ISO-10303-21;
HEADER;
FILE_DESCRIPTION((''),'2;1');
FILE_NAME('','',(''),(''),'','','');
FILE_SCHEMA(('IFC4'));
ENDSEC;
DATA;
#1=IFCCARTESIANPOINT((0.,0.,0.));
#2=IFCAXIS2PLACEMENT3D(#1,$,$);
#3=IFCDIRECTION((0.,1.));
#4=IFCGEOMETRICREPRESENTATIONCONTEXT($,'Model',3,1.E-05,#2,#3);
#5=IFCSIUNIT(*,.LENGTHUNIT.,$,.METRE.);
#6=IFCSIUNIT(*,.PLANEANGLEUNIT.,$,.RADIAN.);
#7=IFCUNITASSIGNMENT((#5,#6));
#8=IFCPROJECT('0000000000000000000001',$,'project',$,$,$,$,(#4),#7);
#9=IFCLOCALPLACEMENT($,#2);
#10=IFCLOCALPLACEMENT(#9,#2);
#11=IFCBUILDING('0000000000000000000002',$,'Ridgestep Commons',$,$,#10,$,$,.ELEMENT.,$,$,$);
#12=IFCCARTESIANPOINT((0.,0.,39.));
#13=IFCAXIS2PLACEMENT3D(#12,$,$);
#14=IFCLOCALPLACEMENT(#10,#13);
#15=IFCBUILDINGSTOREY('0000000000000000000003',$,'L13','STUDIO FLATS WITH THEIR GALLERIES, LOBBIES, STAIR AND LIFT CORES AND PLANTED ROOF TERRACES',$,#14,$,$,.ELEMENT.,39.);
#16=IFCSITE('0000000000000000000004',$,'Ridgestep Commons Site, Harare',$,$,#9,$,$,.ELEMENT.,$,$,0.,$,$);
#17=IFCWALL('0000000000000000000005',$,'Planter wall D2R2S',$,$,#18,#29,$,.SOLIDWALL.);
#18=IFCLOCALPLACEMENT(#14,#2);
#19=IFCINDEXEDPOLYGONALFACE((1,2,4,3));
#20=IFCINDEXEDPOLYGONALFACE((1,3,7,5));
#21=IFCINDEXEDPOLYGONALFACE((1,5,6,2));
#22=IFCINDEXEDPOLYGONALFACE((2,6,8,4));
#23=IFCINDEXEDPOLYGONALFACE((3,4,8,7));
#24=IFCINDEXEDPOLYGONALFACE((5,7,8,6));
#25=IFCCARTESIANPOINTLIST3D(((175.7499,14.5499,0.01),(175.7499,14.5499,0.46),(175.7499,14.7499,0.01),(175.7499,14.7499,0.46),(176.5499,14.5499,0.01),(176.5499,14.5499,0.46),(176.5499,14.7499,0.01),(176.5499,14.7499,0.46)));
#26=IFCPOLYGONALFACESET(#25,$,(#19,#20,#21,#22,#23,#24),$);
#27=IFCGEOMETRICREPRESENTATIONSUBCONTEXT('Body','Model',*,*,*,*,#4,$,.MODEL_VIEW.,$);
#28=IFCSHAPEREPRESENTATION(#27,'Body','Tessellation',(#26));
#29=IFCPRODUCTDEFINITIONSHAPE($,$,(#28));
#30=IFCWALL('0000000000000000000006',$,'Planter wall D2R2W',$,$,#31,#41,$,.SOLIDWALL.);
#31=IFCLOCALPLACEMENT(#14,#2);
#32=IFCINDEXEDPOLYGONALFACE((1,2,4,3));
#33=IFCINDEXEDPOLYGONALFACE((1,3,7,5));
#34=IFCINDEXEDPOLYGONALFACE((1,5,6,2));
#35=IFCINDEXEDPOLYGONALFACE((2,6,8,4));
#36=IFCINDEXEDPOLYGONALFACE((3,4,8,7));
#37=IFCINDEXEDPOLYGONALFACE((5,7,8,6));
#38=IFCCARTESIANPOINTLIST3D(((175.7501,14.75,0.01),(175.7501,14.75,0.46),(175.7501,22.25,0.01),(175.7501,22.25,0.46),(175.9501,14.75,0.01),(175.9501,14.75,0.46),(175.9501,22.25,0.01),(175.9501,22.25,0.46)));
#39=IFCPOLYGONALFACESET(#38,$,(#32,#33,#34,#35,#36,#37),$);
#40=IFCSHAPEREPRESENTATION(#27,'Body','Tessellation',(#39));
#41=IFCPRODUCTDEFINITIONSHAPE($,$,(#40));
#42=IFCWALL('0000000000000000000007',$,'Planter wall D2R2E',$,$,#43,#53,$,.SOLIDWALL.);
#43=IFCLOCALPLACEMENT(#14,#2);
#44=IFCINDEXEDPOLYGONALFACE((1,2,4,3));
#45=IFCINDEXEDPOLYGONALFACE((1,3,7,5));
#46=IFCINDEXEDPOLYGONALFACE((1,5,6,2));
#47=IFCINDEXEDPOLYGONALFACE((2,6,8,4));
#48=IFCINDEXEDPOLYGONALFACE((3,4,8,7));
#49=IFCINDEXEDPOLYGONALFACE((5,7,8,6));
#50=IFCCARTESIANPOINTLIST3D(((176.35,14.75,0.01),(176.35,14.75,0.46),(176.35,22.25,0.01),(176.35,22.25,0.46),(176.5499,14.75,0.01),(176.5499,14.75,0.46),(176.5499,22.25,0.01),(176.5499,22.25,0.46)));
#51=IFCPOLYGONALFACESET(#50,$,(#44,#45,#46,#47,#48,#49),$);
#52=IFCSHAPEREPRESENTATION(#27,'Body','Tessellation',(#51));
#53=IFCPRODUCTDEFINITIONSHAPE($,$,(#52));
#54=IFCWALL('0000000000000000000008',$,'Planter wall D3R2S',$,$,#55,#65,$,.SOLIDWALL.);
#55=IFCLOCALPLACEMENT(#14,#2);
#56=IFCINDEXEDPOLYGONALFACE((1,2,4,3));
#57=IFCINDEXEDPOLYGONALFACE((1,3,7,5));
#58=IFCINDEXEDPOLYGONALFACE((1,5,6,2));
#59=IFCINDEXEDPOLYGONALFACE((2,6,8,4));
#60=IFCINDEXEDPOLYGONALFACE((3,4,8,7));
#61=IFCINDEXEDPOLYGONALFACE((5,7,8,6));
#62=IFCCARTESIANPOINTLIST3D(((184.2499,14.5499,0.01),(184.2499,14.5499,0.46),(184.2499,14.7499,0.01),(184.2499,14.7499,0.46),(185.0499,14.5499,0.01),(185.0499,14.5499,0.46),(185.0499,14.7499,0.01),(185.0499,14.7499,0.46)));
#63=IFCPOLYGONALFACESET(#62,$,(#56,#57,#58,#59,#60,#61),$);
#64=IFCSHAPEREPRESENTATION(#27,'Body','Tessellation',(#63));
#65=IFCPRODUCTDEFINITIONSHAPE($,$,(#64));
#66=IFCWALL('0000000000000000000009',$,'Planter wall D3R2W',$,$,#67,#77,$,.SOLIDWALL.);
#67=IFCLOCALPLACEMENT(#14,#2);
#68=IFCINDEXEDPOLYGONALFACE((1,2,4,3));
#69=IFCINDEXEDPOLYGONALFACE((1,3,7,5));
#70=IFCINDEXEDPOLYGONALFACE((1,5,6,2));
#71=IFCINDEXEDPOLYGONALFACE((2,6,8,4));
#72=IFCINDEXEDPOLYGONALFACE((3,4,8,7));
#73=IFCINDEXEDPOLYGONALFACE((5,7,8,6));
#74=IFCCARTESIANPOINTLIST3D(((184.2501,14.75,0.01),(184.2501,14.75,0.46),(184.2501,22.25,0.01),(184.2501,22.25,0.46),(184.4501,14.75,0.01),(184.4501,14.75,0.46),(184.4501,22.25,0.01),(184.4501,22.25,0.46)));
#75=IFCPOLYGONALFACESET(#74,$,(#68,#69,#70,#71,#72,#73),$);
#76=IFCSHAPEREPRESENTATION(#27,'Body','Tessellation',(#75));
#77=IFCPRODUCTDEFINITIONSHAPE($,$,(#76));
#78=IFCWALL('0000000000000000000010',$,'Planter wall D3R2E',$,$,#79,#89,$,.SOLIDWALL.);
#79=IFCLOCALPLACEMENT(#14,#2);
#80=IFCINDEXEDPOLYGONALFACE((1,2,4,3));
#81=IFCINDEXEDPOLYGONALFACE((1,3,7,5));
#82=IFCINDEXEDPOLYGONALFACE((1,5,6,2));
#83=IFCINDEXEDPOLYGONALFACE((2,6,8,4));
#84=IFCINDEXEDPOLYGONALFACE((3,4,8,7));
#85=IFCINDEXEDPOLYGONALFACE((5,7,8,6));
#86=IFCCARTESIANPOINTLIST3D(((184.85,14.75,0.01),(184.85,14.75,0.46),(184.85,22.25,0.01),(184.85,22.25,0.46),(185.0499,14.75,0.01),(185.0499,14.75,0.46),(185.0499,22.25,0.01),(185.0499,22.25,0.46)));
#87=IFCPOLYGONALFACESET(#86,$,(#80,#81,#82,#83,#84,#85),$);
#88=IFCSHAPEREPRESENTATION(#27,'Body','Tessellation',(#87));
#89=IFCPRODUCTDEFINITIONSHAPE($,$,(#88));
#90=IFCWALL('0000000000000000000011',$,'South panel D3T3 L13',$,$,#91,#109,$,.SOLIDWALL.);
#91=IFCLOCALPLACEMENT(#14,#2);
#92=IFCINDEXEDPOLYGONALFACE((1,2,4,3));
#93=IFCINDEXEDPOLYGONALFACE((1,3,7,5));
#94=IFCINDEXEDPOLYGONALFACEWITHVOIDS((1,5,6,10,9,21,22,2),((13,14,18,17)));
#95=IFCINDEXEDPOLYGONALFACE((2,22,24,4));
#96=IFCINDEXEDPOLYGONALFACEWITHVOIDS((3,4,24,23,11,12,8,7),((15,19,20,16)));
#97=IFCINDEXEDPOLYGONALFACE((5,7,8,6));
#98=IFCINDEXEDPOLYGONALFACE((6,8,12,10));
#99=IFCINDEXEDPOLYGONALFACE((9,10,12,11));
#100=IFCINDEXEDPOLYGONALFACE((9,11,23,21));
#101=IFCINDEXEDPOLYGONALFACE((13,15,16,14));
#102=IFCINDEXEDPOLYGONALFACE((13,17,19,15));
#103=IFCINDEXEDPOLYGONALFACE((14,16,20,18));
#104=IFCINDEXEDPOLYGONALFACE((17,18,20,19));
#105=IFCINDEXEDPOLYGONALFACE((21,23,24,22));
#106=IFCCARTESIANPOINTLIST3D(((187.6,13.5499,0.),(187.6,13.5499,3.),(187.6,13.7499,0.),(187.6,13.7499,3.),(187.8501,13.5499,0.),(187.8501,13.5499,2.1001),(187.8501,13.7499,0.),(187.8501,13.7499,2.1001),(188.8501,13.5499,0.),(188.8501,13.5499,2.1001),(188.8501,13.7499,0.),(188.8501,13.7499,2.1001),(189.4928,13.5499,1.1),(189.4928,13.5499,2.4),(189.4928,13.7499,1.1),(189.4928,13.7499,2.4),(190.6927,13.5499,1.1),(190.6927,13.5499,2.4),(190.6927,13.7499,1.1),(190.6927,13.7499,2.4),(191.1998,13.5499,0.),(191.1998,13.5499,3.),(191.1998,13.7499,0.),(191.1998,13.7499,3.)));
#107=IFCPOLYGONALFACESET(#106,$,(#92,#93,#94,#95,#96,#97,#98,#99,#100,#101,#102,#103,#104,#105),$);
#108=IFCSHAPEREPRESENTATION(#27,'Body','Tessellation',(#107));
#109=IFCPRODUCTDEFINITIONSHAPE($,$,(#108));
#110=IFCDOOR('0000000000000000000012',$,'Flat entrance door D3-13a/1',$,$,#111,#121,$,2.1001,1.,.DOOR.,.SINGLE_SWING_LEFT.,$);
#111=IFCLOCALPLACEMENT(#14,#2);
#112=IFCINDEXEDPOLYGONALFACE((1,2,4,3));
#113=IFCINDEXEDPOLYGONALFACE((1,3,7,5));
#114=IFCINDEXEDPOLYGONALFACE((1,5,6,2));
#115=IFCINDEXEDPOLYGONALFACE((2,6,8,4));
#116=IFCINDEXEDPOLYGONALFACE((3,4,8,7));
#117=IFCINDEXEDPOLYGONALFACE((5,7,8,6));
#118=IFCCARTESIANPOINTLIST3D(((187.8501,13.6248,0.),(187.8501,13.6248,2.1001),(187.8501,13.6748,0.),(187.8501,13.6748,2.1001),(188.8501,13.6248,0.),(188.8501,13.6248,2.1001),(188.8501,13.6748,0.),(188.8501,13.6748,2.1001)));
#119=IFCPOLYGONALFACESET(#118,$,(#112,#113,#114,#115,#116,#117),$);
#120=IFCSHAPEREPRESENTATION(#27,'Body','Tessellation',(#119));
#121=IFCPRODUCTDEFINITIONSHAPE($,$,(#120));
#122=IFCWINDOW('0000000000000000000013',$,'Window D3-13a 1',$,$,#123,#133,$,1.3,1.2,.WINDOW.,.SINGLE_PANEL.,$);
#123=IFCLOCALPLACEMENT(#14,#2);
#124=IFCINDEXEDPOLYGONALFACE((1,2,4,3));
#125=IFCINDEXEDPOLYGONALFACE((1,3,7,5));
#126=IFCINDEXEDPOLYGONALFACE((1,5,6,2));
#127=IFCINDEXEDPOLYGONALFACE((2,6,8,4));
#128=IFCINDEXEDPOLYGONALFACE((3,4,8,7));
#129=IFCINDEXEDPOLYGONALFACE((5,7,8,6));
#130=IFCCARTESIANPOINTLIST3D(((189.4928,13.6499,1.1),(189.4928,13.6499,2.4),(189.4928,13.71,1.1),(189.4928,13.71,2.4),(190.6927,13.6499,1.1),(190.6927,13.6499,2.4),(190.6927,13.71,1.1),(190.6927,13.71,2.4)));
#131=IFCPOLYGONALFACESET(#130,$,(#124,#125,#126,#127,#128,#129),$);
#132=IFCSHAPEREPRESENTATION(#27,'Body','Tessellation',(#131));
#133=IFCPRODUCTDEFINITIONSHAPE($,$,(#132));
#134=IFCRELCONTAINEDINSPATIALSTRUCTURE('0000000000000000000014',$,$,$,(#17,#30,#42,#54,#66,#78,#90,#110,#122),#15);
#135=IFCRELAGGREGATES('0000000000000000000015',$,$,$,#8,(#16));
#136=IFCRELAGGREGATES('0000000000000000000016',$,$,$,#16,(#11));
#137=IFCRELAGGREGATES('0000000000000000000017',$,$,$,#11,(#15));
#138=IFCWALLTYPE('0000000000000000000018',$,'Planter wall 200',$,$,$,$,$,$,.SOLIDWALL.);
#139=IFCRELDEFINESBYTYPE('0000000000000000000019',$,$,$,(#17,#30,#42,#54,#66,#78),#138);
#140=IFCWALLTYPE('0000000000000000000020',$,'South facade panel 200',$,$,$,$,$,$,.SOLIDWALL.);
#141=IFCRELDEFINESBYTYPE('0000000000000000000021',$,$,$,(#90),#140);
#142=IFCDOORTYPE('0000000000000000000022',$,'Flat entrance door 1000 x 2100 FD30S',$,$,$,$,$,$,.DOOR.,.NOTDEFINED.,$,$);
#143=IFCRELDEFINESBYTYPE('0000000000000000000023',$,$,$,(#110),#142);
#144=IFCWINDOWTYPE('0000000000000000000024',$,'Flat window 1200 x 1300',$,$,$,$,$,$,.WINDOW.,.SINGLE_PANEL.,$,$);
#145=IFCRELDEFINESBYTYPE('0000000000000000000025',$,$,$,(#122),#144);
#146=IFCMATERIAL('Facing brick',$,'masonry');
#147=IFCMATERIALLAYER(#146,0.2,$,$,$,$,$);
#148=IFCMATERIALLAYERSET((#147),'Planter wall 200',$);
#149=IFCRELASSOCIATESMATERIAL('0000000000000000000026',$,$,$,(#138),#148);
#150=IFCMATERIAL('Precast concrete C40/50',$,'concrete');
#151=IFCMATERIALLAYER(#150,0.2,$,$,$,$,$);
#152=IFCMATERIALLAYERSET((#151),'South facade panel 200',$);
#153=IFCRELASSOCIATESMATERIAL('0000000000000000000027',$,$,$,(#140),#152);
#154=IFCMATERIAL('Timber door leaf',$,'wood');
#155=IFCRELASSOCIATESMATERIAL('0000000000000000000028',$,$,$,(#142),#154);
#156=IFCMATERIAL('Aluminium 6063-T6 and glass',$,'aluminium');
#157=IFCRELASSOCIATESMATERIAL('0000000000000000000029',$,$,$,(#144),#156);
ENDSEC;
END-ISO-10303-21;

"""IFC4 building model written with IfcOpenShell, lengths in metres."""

from ifc_helpers import new_model, si_unit, direction, frame, frame_2d, origin, place, context, subcontext, project, spatial, rectangle, extrude, material, layer, layer_set, type_object, element, fill, save


model = new_model("IFC4")

# Units and contexts
model_context = context("Model", 3, precision=1e-05, world=origin(), true_north=direction((0.0, 1.0)))
body_context = subcontext(model_context, "Body", "Model", "MODEL_VIEW")
ifc_project = project(units=[si_unit("LENGTHUNIT", "METRE"), si_unit("PLANEANGLEUNIT", "RADIAN")], contexts=[model_context])

# Site, building, storey
site_placement = place(None, origin())
site = spatial("IfcSite", under=ifc_project, at=site_placement, Name="Ridgestep Commons Site, Harare", CompositionType="ELEMENT", RefElevation=0.0)
building_placement = place(site_placement, origin())
building = spatial("IfcBuilding", under=site, at=building_placement, Name="Ridgestep Commons", CompositionType="ELEMENT")
storey_placement = place(building_placement, frame((0.0, 0.0, 39.0)))
storey = spatial("IfcBuildingStorey", under=building, at=storey_placement, Name="L13", Description="STUDIO FLATS WITH THEIR GALLERIES, LOBBIES, STAIR AND LIFT CORES AND PLANTED ROOF TERRACES", CompositionType="ELEMENT", Elevation=39.0)

# Walls
ifc_material_1 = material(Name="Facing brick", Category="masonry")
ifc_layer_1 = layer(ifc_material_1, 0.2)
ifc_layer_set_1 = layer_set([ifc_layer_1], Name="Planter wall 200")
wall_type_1 = type_object("IfcWallType", Name="Planter wall 200", PredefinedType="SOLIDWALL", material=ifc_layer_set_1)
wall_1_placement = place(storey_placement, frame((175.75, 14.6499, 0.01), z_axis=(0.0, 0.0, 1.0), x_axis=(1.0, 0.0, 0.0)))
element("IfcWall", 1, at=wall_1_placement, inside=storey, type_object=wall_type_1, Name="Planter wall D2R2S", PredefinedType="SOLIDWALL", context=body_context, shape_type="SweptSolid", body=[
    extrude(rectangle(XDim=0.8, YDim=0.2, at=frame_2d((0.3999, 0.0))), origin(), (0.0, 0.0, 1.0), 0.45),
])
for number, where, z_axis, x_axis, name in (
    (2, (175.8501, 14.75, 0.01), (0.0, 0.0, 1.0), (0.0, 1.0, 0.0), "Planter wall D2R2W"),
    (3, (176.45, 14.75, 0.01), (0.0, 0.0, 1.0), (0.0, 1.0, 0.0), "Planter wall D2R2E"),
):
    element("IfcWall", number, at=place(storey_placement, frame(where, z_axis=z_axis, x_axis=x_axis)), inside=storey, type_object=wall_type_1, Name=name, PredefinedType="SOLIDWALL", context=body_context, shape_type="SweptSolid", body=[
        extrude(rectangle(XDim=7.5, YDim=0.2, at=frame_2d((3.75, 0.0))), origin(), (0.0, 0.0, 1.0), 0.45),
    ])
wall_2_placement = place(storey_placement, frame((184.25, 14.6499, 0.01), z_axis=(0.0, 0.0, 1.0), x_axis=(1.0, 0.0, 0.0)))
element("IfcWall", 4, at=wall_2_placement, inside=storey, type_object=wall_type_1, Name="Planter wall D3R2S", PredefinedType="SOLIDWALL", context=body_context, shape_type="SweptSolid", body=[
    extrude(rectangle(XDim=0.8, YDim=0.2, at=frame_2d((0.3999, 0.0))), origin(), (0.0, 0.0, 1.0), 0.45),
])
for number, where, z_axis, x_axis, name in (
    (5, (184.3501, 14.75, 0.01), (0.0, 0.0, 1.0), (0.0, 1.0, 0.0), "Planter wall D3R2W"),
    (6, (184.95, 14.75, 0.01), (0.0, 0.0, 1.0), (0.0, 1.0, 0.0), "Planter wall D3R2E"),
):
    element("IfcWall", number, at=place(storey_placement, frame(where, z_axis=z_axis, x_axis=x_axis)), inside=storey, type_object=wall_type_1, Name=name, PredefinedType="SOLIDWALL", context=body_context, shape_type="SweptSolid", body=[
        extrude(rectangle(XDim=7.5, YDim=0.2, at=frame_2d((3.75, 0.0))), origin(), (0.0, 0.0, 1.0), 0.45),
    ])

# Wall, openings, door, window
ifc_material_2 = material(Name="Precast concrete C40/50", Category="concrete")
ifc_layer_2 = layer(ifc_material_2, 0.2)
ifc_layer_set_2 = layer_set([ifc_layer_2], Name="South facade panel 200")
wall_type_2 = type_object("IfcWallType", Name="South facade panel 200", PredefinedType="SOLIDWALL", material=ifc_layer_set_2)
wall_3_placement = place(storey_placement, frame((187.6001, 13.6499, 0.0), z_axis=(0.0, 0.0, 1.0), x_axis=(1.0, 0.0, 0.0)))
wall_3 = element("IfcWall", 7, at=wall_3_placement, inside=storey, type_object=wall_type_2, Name="South panel D3T3 L13", PredefinedType="SOLIDWALL", context=body_context, shape_type="SweptSolid", body=[
    extrude(rectangle(XDim=3.5999, YDim=0.2, at=frame_2d((1.7998, 0.0))), origin(), (0.0, 0.0, 1.0), 3.0),
])
opening_1_placement = place(wall_3_placement, frame((1.8926, 0.0, 1.1001)))
opening_1 = element("IfcOpeningElement", 8, at=opening_1_placement, cuts=wall_3, PredefinedType="OPENING", context=body_context, shape_type="SweptSolid", body=[
    extrude(rectangle(XDim=1.2, YDim=1.3, at=frame_2d((0.6001, 0.6499))), frame((0.0, 0.1099, 0.0), z_axis=(0.0, -1.0, 0.0), x_axis=(1.0, 0.0, 0.0)), (0.0, 0.0, 1.0), 0.22),
])
opening_2_placement = place(wall_3_placement, frame((0.25, 0.0, 0.0)))
opening_2 = element("IfcOpeningElement", 9, at=opening_2_placement, cuts=wall_3, PredefinedType="OPENING", context=body_context, shape_type="SweptSolid", body=[
    extrude(rectangle(XDim=1.0, YDim=2.1001, at=frame_2d((0.5, 1.05))), frame((0.0, 0.1099, 0.0), z_axis=(0.0, -1.0, 0.0), x_axis=(1.0, 0.0, 0.0)), (0.0, 0.0, 1.0), 0.22),
])
ifc_material_3 = material(Name="Timber door leaf", Category="wood")
door_type_1 = type_object("IfcDoorType", Name="Flat entrance door 1000 x 2100 FD30S", OperationType="NOTDEFINED", PredefinedType="DOOR", material=ifc_material_3)
door_1_placement = place(opening_2_placement, origin())
door_1 = element("IfcDoor", 10, at=door_1_placement, inside=storey, type_object=door_type_1, Name="Flat entrance door D3-13a/1", OperationType="SINGLE_SWING_LEFT", OverallHeight=2.1001, OverallWidth=1.0, PredefinedType="DOOR", context=body_context, shape_type="SweptSolid", body=[
    extrude(rectangle(XDim=1.0, YDim=2.1001, at=frame_2d((0.5, 1.05))), frame((0.0, 0.0249, 0.0), z_axis=(0.0, -1.0, 0.0), x_axis=(1.0, 0.0, 0.0)), (0.0, 0.0, 1.0), 0.05),
])
fill(opening_2, door_1)
ifc_material_4 = material(Name="Aluminium 6063-T6 and glass", Category="aluminium")
window_type_1 = type_object("IfcWindowType", Name="Flat window 1200 x 1300", PartitioningType="SINGLE_PANEL", PredefinedType="WINDOW", material=ifc_material_4)
window_1_placement = place(opening_1_placement, origin())
window_1 = element("IfcWindow", 11, at=window_1_placement, inside=storey, type_object=window_type_1, Name="Window D3-13a 1", OverallHeight=1.3, OverallWidth=1.2, PartitioningType="SINGLE_PANEL", PredefinedType="WINDOW", context=body_context, shape_type="SweptSolid", body=[
    extrude(rectangle(XDim=1.2, YDim=1.3, at=frame_2d((0.6001, 0.6499))), frame((0.0, 0.0601, 0.0), z_axis=(0.0, -1.0, 0.0), x_axis=(1.0, 0.0, 0.0)), (0.0, 0.0, 1.0), 0.0601),
])
fill(opening_1, window_1)

save(model, "model.ifc")
